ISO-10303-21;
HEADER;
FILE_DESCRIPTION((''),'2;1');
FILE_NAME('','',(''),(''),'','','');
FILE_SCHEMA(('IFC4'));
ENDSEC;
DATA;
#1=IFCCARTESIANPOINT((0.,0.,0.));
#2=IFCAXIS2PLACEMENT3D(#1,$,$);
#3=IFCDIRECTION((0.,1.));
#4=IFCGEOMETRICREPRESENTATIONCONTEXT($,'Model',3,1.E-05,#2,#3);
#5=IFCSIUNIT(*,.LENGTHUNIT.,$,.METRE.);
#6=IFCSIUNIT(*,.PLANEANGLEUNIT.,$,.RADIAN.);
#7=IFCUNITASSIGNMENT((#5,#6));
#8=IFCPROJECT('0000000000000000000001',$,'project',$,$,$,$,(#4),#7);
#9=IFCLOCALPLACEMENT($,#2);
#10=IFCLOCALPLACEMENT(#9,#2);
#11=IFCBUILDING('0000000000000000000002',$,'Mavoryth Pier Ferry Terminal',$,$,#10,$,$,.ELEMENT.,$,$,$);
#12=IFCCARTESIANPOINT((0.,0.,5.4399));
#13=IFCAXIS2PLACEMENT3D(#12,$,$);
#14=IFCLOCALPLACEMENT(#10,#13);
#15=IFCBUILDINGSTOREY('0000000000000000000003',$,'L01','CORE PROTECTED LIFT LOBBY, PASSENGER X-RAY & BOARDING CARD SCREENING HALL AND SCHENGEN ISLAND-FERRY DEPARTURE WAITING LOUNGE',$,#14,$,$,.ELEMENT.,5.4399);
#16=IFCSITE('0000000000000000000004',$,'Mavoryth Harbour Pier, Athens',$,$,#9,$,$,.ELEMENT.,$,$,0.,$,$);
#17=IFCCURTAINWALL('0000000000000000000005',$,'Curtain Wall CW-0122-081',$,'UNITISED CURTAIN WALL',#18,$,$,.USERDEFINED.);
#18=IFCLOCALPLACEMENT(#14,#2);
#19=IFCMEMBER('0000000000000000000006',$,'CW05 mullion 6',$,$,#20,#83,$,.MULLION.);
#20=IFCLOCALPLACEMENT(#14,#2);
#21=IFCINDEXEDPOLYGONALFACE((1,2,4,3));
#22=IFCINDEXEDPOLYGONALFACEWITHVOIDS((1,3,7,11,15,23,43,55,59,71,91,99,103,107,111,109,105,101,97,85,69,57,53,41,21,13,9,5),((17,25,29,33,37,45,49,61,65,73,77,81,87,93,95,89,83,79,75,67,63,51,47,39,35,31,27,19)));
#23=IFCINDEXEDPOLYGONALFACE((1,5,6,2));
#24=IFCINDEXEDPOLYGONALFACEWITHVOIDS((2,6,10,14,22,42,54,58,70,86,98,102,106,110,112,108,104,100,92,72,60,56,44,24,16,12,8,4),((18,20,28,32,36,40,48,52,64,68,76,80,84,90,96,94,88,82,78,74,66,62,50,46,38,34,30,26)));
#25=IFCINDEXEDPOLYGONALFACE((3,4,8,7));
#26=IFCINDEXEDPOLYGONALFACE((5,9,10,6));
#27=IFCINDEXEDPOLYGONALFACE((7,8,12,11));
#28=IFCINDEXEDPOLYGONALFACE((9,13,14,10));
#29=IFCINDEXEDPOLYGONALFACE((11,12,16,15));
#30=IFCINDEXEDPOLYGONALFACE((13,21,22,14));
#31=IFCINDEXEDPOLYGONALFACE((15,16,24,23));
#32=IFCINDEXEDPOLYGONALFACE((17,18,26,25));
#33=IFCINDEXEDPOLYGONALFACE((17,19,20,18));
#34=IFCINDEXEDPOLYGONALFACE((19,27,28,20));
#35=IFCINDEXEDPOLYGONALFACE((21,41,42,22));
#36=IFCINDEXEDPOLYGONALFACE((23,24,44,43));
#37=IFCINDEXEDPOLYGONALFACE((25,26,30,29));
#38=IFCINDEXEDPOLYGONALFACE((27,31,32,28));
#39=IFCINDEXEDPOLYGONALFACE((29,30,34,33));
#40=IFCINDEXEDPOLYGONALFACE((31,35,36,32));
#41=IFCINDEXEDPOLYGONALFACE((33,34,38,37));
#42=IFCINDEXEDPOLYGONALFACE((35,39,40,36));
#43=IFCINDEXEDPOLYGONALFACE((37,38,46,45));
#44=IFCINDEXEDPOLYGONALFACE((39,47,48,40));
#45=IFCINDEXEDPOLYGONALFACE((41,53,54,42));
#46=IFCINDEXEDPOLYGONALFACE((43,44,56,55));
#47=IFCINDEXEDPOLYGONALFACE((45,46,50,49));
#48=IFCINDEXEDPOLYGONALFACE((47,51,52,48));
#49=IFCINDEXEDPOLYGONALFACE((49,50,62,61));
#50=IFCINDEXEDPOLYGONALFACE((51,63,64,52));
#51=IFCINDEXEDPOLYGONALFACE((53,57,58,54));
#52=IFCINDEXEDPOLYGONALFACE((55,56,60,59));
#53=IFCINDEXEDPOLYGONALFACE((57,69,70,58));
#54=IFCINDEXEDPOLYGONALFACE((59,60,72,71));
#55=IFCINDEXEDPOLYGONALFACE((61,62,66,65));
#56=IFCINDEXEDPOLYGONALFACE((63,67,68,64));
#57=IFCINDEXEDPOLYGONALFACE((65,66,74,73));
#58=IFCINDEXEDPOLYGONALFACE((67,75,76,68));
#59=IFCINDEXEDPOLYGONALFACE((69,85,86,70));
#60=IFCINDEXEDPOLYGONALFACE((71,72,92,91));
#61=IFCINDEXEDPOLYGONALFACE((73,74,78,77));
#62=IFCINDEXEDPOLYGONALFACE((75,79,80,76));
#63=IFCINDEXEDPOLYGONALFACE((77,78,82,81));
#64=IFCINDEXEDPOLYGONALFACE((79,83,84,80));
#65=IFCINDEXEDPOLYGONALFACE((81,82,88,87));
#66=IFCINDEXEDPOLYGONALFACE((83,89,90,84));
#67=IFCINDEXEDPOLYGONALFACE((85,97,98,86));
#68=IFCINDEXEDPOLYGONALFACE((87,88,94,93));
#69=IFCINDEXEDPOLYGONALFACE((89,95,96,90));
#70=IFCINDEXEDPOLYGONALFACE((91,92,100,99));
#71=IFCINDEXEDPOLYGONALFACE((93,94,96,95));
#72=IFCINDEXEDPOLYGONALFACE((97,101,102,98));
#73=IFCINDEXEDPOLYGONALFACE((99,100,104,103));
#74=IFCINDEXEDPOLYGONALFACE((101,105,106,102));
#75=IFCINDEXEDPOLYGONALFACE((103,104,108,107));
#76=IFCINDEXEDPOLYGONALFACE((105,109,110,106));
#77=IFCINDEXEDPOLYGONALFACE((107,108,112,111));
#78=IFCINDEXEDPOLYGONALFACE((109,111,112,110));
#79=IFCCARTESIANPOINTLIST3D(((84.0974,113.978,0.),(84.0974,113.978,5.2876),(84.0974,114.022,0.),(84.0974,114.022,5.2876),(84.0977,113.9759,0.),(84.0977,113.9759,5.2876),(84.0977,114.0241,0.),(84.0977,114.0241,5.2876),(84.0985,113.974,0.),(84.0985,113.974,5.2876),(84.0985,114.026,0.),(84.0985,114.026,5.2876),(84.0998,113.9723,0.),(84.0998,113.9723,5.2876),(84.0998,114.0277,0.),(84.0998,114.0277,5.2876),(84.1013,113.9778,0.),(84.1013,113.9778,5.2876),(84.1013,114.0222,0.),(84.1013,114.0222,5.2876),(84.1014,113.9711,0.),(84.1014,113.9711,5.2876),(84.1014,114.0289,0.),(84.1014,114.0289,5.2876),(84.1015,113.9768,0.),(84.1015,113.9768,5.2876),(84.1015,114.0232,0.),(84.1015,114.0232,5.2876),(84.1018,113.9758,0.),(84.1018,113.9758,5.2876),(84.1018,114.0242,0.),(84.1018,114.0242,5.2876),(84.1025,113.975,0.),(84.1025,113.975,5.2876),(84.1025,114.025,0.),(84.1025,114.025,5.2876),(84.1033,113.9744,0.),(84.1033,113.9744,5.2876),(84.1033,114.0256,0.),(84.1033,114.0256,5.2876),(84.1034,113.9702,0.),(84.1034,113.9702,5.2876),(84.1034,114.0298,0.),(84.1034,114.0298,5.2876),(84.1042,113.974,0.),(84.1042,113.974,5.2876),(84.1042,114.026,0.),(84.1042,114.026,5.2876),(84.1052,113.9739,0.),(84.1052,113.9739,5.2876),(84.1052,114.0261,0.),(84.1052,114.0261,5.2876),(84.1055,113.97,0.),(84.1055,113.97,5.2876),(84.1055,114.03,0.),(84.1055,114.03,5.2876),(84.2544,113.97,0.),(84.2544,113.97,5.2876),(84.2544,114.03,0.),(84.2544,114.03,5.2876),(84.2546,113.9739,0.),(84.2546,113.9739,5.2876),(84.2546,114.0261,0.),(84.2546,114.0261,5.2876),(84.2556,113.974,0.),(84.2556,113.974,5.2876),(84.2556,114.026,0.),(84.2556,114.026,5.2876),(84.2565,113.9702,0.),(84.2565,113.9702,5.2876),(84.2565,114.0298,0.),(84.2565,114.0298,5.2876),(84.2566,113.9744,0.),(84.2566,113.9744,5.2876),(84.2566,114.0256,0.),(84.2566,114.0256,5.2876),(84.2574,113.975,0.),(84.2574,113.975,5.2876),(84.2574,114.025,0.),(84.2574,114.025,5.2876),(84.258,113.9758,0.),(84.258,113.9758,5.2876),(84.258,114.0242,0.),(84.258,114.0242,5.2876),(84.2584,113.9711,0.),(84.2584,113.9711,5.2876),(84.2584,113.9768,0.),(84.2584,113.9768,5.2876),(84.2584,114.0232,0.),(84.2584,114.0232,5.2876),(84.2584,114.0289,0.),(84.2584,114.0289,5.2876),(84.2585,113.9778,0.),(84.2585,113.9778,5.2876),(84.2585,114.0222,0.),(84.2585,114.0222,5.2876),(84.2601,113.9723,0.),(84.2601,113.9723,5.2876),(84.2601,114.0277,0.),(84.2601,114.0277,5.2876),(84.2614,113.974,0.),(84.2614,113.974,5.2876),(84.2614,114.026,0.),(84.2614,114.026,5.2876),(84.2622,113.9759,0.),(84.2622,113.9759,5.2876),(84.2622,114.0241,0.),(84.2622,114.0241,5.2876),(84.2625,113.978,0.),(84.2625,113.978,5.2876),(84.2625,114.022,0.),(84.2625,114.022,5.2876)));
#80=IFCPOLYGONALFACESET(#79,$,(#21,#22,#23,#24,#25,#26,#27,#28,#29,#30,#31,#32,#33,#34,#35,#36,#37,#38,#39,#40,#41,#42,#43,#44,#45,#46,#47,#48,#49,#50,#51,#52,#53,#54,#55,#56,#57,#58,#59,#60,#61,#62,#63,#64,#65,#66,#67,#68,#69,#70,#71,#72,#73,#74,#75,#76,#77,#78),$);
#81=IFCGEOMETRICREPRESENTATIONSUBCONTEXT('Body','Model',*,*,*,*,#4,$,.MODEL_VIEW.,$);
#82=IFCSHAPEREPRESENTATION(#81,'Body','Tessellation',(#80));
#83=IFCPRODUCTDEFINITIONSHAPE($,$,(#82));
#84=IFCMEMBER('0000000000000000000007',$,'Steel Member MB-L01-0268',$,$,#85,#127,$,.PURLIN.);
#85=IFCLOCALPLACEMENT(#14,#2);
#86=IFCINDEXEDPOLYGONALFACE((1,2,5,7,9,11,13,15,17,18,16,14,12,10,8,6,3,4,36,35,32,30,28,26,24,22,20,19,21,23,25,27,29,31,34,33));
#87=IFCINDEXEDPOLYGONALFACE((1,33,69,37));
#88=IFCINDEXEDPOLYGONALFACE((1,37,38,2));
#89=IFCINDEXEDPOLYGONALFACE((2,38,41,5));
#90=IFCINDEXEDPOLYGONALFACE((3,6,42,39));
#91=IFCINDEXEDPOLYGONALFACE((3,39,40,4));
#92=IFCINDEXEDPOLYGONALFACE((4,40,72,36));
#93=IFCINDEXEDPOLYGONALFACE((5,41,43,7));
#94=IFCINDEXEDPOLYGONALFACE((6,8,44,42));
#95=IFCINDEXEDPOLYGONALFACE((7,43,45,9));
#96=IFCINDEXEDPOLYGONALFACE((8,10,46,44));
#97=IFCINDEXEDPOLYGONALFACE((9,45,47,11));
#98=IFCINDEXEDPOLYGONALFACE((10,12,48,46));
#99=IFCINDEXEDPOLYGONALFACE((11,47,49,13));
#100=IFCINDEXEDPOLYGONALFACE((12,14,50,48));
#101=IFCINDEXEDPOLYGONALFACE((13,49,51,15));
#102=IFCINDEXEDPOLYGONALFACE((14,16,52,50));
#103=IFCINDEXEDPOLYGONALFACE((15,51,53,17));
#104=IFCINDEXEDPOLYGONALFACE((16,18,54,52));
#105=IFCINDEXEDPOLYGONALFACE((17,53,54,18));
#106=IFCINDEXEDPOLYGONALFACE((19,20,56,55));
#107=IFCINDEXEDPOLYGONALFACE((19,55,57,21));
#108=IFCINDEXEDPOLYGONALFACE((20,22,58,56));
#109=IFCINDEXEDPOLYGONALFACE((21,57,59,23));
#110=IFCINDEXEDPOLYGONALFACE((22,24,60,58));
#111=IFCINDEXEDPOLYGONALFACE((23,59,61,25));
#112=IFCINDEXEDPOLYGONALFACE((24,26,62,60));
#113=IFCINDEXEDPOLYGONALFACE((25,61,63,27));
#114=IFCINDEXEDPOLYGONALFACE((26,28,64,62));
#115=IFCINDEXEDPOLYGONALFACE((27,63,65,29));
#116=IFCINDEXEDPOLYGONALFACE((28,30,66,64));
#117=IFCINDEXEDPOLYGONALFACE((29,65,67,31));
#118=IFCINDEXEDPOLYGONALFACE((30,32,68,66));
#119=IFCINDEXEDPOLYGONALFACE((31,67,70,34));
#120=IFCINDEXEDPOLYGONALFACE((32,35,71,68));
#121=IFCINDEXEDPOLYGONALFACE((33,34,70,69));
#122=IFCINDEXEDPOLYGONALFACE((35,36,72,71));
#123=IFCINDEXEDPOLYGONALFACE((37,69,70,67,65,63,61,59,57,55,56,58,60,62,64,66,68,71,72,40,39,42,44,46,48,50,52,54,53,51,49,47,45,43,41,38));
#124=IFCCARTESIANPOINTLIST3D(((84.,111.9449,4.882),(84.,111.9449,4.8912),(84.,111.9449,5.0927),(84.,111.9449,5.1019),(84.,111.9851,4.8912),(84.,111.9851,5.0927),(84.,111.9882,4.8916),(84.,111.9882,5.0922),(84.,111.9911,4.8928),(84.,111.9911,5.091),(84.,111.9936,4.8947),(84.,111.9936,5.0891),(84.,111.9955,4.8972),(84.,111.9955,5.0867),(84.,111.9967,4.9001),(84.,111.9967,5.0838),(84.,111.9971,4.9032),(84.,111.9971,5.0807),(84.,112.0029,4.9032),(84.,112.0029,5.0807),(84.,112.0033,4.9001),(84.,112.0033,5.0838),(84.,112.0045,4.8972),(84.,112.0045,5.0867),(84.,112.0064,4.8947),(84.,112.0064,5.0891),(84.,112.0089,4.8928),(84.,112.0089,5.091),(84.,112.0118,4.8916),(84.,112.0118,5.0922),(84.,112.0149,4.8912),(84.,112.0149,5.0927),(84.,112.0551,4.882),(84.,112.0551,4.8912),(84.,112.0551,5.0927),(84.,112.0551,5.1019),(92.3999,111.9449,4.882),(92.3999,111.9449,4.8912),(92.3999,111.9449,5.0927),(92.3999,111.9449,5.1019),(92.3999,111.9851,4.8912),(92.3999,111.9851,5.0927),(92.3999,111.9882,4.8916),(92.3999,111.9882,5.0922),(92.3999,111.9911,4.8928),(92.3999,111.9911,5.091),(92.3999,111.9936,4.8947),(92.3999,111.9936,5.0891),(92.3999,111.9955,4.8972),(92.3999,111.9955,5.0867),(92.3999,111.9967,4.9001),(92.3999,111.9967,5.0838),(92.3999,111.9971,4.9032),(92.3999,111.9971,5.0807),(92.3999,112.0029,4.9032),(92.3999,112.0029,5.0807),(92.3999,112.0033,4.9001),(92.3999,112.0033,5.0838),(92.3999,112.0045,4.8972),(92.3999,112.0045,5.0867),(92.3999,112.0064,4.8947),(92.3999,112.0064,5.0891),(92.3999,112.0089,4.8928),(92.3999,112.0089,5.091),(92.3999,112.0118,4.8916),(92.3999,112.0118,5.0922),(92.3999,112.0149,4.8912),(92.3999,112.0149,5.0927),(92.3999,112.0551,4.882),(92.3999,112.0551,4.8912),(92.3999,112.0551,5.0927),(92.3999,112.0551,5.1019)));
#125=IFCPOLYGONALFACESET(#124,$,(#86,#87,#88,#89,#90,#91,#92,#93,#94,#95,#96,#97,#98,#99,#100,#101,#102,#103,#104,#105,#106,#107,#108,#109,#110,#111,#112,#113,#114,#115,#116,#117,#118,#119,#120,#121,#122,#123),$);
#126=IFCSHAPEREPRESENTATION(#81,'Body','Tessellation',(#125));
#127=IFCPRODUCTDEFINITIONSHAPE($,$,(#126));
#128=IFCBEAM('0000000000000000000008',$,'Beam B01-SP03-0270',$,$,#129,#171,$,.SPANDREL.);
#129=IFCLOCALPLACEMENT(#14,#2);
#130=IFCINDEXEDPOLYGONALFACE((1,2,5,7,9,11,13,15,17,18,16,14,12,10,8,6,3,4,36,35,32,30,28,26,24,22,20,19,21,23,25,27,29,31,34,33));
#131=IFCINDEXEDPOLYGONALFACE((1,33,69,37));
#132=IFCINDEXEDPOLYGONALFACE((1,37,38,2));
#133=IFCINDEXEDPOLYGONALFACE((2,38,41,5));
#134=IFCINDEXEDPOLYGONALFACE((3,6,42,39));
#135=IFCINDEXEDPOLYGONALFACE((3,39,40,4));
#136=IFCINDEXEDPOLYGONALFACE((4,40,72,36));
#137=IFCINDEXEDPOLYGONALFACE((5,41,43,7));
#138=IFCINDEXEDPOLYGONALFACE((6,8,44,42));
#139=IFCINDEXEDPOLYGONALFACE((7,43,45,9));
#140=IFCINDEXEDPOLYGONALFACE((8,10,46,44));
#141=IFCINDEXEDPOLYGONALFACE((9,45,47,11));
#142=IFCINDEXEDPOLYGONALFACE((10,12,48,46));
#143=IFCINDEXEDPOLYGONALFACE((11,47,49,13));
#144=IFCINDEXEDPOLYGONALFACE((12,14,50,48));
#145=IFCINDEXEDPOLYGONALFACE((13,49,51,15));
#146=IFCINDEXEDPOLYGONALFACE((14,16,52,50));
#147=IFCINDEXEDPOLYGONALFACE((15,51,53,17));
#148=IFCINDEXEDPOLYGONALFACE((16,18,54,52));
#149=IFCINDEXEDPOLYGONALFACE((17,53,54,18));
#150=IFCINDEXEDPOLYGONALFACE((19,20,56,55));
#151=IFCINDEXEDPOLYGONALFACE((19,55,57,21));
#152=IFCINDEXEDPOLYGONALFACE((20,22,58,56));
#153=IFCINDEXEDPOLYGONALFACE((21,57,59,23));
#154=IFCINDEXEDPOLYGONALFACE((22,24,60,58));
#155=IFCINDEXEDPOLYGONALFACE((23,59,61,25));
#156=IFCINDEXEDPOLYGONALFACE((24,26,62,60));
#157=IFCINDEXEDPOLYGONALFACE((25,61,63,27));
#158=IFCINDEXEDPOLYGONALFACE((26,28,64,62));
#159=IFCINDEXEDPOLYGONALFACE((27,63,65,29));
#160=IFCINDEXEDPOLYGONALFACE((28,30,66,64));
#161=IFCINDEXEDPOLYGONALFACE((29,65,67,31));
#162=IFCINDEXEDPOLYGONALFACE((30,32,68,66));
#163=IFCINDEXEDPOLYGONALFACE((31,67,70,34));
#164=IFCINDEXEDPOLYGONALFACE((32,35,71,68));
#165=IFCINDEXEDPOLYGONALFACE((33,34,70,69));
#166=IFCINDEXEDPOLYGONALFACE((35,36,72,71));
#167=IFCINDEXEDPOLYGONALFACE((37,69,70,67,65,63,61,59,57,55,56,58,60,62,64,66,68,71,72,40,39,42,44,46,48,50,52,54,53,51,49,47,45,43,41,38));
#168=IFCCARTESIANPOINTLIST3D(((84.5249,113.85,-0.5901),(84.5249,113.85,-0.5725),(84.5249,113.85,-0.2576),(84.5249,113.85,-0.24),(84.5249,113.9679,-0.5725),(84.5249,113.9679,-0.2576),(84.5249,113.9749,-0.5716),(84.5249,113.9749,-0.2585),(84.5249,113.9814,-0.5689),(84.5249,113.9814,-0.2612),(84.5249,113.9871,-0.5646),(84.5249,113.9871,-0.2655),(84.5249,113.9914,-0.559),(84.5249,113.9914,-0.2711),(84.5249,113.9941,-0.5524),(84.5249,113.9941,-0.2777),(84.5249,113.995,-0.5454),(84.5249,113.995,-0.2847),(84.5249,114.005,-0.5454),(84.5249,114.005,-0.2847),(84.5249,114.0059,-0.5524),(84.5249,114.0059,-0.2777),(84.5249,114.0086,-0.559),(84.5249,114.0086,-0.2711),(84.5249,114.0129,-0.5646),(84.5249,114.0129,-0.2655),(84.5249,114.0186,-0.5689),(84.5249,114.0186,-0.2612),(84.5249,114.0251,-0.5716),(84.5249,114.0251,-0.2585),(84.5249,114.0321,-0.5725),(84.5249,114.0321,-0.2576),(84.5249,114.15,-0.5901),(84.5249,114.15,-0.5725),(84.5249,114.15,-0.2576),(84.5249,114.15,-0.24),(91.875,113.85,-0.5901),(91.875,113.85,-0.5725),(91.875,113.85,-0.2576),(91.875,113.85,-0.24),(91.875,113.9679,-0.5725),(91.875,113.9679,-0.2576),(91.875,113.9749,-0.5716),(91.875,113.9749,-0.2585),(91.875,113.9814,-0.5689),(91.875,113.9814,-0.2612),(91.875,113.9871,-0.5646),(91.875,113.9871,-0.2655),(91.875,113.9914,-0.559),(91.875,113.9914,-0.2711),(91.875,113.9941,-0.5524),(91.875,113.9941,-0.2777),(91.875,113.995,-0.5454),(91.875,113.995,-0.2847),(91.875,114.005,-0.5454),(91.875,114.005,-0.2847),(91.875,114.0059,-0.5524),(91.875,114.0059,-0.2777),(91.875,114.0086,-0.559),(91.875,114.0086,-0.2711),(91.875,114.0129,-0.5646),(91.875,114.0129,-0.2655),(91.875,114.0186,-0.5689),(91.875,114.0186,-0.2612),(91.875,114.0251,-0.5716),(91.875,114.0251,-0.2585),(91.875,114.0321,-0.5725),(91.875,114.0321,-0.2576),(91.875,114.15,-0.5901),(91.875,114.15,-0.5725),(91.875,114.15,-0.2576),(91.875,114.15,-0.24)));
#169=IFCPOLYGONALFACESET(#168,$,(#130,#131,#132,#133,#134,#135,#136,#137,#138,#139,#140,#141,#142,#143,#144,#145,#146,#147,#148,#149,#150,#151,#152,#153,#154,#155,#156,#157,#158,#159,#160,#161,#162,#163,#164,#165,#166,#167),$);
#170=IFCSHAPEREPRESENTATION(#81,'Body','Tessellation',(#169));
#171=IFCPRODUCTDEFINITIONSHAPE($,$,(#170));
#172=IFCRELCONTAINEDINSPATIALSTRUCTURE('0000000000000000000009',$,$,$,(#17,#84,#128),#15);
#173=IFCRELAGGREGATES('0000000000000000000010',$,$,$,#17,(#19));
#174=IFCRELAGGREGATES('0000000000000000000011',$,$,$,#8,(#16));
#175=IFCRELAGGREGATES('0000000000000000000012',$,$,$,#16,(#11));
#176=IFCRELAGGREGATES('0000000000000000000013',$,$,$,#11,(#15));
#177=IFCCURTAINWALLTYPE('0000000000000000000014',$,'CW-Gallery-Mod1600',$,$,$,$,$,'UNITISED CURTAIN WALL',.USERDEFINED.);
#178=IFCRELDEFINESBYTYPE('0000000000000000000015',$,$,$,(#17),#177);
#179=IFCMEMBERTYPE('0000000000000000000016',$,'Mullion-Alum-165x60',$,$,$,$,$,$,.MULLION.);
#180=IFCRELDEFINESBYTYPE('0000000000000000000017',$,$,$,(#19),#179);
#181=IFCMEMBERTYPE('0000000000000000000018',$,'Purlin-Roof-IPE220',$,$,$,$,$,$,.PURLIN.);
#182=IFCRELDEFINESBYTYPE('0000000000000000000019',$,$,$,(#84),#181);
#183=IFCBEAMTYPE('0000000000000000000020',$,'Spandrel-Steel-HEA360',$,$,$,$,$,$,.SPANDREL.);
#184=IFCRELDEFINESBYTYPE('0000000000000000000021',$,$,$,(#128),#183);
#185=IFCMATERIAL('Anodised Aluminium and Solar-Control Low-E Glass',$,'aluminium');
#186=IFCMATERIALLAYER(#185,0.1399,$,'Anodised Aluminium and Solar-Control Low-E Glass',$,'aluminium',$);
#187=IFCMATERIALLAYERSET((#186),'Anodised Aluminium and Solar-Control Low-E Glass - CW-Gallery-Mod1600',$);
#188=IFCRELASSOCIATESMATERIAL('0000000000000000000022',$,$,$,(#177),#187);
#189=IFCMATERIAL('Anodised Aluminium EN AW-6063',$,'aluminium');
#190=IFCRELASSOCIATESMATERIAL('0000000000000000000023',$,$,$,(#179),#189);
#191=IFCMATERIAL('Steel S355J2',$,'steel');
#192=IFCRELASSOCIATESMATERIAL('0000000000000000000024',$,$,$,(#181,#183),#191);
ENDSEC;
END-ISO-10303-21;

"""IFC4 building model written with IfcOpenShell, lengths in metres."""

from ifc_helpers import new_model, si_unit, direction, frame, origin, origin_2d, place, context, subcontext, project, spatial, hollow_rectangle, i_section, extrude, material, layer, layer_set, material_profile, profile_set, type_object, element, aggregate, save


model = new_model("IFC4")

# Units and contexts
model_context = context("Model", 3, precision=1e-05, world=origin(), true_north=direction((0.0, 1.0)))
body_context = subcontext(model_context, "Body", "Model", "MODEL_VIEW")
ifc_project = project(units=[si_unit("LENGTHUNIT", "METRE"), si_unit("PLANEANGLEUNIT", "RADIAN")], contexts=[model_context])

# Site, building, storey
site_placement = place(None, origin())
site = spatial("IfcSite", under=ifc_project, at=site_placement, Name="Mavoryth Harbour Pier, Athens", CompositionType="ELEMENT", RefElevation=0.0)
building_placement = place(site_placement, origin())
building = spatial("IfcBuilding", under=site, at=building_placement, Name="Mavoryth Pier Ferry Terminal", CompositionType="ELEMENT")
storey_placement = place(building_placement, frame((0.0, 0.0, 5.4399)))
storey = spatial("IfcBuildingStorey", under=building, at=storey_placement, Name="L01", Description="CORE PROTECTED LIFT LOBBY, PASSENGER X-RAY & BOARDING CARD SCREENING HALL AND SCHENGEN ISLAND-FERRY DEPARTURE WAITING LOUNGE", CompositionType="ELEMENT", Elevation=5.4399)

# Shared definitions
ifc_material_1 = material(Name="Steel S355J2", Category="steel")

# Shared definitions
ifc_material_2 = material(Name="Anodised Aluminium and Solar-Control Low-E Glass", Category="aluminium")
ifc_layer_1 = layer(ifc_material_2, 0.1399, Name="Anodised Aluminium and Solar-Control Low-E Glass", Category="aluminium")
ifc_layer_set_1 = layer_set([ifc_layer_1], Name="Anodised Aluminium and Solar-Control Low-E Glass - CW-Gallery-Mod1600")
curtain_wall_type = type_object("IfcCurtainWallType", Name="CW-Gallery-Mod1600", ElementType="UNITISED CURTAIN WALL", PredefinedType="USERDEFINED", material=ifc_layer_set_1)
ifc_material_3 = material(Name="Anodised Aluminium EN AW-6063", Category="aluminium")
ifc_material_profile_1 = material_profile(ifc_material_3, hollow_rectangle(XDim=0.0601, YDim=0.165, WallThickness=0.0039, InnerFilletRadius=0.0039, OuterFilletRadius=0.0081, at=origin_2d()), Name="AL-MULL 165x60x4", Category="aluminium")
ifc_profile_set_1 = profile_set([ifc_material_profile_1], Name="Anodised Aluminium EN AW-6063 - AL-MULL 165x60x4")
member_type_1 = type_object("IfcMemberType", Name="Mullion-Alum-165x60", PredefinedType="MULLION", material=ifc_profile_set_1)

# Curtain wall, member
curtain_wall_1_placement = place(storey_placement, origin())
curtain_wall_1 = element("IfcCurtainWall", 1, at=curtain_wall_1_placement, inside=storey, type_object=curtain_wall_type, Name="Curtain Wall CW-0122-081", ObjectType="UNITISED CURTAIN WALL", PredefinedType="USERDEFINED")
member_1_placement = place(storey_placement, frame((84.1799, 114.0, 0.0), z_axis=(0.0, 0.0, 1.0), x_axis=(0.0, -1.0, 0.0)))
member_1 = element("IfcMember", 2, at=member_1_placement, type_object=member_type_1, Name="CW05 mullion 6", PredefinedType="MULLION", context=body_context, shape_type="SweptSolid", body=[
    extrude(hollow_rectangle(XDim=0.0601, YDim=0.165, WallThickness=0.0039, InnerFilletRadius=0.0039, OuterFilletRadius=0.0081, at=origin_2d()), origin(), (0.0, 0.0, 1.0), 5.2876),
])
aggregate(curtain_wall_1, [member_1])

# Member
ifc_material_profile_2 = material_profile(ifc_material_1, i_section(OverallWidth=0.1101, OverallDepth=0.22, WebThickness=0.0059, FlangeThickness=0.0093, FilletRadius=0.012, at=origin_2d()), Name="IPE 220", Category="steel")
ifc_profile_set_2 = profile_set([ifc_material_profile_2], Name="Steel S355J2 - IPE 220")
member_type_2 = type_object("IfcMemberType", Name="Purlin-Roof-IPE220", PredefinedType="PURLIN", material=ifc_profile_set_2)
member_2_placement = place(storey_placement, frame((84.0, 112.0, 4.9919), z_axis=(1.0, 0.0, 0.0), x_axis=(0.0, 1.0, 0.0)))
element("IfcMember", 3, at=member_2_placement, inside=storey, type_object=member_type_2, Name="Steel Member MB-L01-0268", PredefinedType="PURLIN", context=body_context, shape_type="SweptSolid", body=[
    extrude(i_section(OverallWidth=0.1101, OverallDepth=0.22, WebThickness=0.0059, FlangeThickness=0.0093, FilletRadius=0.012, at=origin_2d()), origin(), (0.0, 0.0, 1.0), 8.3999),
])

# Beam
ifc_material_profile_3 = material_profile(ifc_material_1, i_section(OverallWidth=0.3, OverallDepth=0.3501, WebThickness=0.01, FlangeThickness=0.0176, FilletRadius=0.0271, at=origin_2d()), Name="HEA 360", Category="steel")
ifc_profile_set_3 = profile_set([ifc_material_profile_3], Name="Steel S355J2 - HEA 360")
beam_type = type_object("IfcBeamType", Name="Spandrel-Steel-HEA360", PredefinedType="SPANDREL", material=ifc_profile_set_3)
beam_placement = place(storey_placement, frame((84.5249, 114.0, -0.415), z_axis=(1.0, 0.0, 0.0), x_axis=(0.0, 1.0, 0.0)))
element("IfcBeam", 4, at=beam_placement, inside=storey, type_object=beam_type, Name="Beam B01-SP03-0270", PredefinedType="SPANDREL", context=body_context, shape_type="SweptSolid", body=[
    extrude(i_section(OverallWidth=0.3, OverallDepth=0.3501, WebThickness=0.01, FlangeThickness=0.0176, FilletRadius=0.0271, at=origin_2d()), origin(), (0.0, 0.0, 1.0), 7.3501),
])

save(model, "model.ifc")
